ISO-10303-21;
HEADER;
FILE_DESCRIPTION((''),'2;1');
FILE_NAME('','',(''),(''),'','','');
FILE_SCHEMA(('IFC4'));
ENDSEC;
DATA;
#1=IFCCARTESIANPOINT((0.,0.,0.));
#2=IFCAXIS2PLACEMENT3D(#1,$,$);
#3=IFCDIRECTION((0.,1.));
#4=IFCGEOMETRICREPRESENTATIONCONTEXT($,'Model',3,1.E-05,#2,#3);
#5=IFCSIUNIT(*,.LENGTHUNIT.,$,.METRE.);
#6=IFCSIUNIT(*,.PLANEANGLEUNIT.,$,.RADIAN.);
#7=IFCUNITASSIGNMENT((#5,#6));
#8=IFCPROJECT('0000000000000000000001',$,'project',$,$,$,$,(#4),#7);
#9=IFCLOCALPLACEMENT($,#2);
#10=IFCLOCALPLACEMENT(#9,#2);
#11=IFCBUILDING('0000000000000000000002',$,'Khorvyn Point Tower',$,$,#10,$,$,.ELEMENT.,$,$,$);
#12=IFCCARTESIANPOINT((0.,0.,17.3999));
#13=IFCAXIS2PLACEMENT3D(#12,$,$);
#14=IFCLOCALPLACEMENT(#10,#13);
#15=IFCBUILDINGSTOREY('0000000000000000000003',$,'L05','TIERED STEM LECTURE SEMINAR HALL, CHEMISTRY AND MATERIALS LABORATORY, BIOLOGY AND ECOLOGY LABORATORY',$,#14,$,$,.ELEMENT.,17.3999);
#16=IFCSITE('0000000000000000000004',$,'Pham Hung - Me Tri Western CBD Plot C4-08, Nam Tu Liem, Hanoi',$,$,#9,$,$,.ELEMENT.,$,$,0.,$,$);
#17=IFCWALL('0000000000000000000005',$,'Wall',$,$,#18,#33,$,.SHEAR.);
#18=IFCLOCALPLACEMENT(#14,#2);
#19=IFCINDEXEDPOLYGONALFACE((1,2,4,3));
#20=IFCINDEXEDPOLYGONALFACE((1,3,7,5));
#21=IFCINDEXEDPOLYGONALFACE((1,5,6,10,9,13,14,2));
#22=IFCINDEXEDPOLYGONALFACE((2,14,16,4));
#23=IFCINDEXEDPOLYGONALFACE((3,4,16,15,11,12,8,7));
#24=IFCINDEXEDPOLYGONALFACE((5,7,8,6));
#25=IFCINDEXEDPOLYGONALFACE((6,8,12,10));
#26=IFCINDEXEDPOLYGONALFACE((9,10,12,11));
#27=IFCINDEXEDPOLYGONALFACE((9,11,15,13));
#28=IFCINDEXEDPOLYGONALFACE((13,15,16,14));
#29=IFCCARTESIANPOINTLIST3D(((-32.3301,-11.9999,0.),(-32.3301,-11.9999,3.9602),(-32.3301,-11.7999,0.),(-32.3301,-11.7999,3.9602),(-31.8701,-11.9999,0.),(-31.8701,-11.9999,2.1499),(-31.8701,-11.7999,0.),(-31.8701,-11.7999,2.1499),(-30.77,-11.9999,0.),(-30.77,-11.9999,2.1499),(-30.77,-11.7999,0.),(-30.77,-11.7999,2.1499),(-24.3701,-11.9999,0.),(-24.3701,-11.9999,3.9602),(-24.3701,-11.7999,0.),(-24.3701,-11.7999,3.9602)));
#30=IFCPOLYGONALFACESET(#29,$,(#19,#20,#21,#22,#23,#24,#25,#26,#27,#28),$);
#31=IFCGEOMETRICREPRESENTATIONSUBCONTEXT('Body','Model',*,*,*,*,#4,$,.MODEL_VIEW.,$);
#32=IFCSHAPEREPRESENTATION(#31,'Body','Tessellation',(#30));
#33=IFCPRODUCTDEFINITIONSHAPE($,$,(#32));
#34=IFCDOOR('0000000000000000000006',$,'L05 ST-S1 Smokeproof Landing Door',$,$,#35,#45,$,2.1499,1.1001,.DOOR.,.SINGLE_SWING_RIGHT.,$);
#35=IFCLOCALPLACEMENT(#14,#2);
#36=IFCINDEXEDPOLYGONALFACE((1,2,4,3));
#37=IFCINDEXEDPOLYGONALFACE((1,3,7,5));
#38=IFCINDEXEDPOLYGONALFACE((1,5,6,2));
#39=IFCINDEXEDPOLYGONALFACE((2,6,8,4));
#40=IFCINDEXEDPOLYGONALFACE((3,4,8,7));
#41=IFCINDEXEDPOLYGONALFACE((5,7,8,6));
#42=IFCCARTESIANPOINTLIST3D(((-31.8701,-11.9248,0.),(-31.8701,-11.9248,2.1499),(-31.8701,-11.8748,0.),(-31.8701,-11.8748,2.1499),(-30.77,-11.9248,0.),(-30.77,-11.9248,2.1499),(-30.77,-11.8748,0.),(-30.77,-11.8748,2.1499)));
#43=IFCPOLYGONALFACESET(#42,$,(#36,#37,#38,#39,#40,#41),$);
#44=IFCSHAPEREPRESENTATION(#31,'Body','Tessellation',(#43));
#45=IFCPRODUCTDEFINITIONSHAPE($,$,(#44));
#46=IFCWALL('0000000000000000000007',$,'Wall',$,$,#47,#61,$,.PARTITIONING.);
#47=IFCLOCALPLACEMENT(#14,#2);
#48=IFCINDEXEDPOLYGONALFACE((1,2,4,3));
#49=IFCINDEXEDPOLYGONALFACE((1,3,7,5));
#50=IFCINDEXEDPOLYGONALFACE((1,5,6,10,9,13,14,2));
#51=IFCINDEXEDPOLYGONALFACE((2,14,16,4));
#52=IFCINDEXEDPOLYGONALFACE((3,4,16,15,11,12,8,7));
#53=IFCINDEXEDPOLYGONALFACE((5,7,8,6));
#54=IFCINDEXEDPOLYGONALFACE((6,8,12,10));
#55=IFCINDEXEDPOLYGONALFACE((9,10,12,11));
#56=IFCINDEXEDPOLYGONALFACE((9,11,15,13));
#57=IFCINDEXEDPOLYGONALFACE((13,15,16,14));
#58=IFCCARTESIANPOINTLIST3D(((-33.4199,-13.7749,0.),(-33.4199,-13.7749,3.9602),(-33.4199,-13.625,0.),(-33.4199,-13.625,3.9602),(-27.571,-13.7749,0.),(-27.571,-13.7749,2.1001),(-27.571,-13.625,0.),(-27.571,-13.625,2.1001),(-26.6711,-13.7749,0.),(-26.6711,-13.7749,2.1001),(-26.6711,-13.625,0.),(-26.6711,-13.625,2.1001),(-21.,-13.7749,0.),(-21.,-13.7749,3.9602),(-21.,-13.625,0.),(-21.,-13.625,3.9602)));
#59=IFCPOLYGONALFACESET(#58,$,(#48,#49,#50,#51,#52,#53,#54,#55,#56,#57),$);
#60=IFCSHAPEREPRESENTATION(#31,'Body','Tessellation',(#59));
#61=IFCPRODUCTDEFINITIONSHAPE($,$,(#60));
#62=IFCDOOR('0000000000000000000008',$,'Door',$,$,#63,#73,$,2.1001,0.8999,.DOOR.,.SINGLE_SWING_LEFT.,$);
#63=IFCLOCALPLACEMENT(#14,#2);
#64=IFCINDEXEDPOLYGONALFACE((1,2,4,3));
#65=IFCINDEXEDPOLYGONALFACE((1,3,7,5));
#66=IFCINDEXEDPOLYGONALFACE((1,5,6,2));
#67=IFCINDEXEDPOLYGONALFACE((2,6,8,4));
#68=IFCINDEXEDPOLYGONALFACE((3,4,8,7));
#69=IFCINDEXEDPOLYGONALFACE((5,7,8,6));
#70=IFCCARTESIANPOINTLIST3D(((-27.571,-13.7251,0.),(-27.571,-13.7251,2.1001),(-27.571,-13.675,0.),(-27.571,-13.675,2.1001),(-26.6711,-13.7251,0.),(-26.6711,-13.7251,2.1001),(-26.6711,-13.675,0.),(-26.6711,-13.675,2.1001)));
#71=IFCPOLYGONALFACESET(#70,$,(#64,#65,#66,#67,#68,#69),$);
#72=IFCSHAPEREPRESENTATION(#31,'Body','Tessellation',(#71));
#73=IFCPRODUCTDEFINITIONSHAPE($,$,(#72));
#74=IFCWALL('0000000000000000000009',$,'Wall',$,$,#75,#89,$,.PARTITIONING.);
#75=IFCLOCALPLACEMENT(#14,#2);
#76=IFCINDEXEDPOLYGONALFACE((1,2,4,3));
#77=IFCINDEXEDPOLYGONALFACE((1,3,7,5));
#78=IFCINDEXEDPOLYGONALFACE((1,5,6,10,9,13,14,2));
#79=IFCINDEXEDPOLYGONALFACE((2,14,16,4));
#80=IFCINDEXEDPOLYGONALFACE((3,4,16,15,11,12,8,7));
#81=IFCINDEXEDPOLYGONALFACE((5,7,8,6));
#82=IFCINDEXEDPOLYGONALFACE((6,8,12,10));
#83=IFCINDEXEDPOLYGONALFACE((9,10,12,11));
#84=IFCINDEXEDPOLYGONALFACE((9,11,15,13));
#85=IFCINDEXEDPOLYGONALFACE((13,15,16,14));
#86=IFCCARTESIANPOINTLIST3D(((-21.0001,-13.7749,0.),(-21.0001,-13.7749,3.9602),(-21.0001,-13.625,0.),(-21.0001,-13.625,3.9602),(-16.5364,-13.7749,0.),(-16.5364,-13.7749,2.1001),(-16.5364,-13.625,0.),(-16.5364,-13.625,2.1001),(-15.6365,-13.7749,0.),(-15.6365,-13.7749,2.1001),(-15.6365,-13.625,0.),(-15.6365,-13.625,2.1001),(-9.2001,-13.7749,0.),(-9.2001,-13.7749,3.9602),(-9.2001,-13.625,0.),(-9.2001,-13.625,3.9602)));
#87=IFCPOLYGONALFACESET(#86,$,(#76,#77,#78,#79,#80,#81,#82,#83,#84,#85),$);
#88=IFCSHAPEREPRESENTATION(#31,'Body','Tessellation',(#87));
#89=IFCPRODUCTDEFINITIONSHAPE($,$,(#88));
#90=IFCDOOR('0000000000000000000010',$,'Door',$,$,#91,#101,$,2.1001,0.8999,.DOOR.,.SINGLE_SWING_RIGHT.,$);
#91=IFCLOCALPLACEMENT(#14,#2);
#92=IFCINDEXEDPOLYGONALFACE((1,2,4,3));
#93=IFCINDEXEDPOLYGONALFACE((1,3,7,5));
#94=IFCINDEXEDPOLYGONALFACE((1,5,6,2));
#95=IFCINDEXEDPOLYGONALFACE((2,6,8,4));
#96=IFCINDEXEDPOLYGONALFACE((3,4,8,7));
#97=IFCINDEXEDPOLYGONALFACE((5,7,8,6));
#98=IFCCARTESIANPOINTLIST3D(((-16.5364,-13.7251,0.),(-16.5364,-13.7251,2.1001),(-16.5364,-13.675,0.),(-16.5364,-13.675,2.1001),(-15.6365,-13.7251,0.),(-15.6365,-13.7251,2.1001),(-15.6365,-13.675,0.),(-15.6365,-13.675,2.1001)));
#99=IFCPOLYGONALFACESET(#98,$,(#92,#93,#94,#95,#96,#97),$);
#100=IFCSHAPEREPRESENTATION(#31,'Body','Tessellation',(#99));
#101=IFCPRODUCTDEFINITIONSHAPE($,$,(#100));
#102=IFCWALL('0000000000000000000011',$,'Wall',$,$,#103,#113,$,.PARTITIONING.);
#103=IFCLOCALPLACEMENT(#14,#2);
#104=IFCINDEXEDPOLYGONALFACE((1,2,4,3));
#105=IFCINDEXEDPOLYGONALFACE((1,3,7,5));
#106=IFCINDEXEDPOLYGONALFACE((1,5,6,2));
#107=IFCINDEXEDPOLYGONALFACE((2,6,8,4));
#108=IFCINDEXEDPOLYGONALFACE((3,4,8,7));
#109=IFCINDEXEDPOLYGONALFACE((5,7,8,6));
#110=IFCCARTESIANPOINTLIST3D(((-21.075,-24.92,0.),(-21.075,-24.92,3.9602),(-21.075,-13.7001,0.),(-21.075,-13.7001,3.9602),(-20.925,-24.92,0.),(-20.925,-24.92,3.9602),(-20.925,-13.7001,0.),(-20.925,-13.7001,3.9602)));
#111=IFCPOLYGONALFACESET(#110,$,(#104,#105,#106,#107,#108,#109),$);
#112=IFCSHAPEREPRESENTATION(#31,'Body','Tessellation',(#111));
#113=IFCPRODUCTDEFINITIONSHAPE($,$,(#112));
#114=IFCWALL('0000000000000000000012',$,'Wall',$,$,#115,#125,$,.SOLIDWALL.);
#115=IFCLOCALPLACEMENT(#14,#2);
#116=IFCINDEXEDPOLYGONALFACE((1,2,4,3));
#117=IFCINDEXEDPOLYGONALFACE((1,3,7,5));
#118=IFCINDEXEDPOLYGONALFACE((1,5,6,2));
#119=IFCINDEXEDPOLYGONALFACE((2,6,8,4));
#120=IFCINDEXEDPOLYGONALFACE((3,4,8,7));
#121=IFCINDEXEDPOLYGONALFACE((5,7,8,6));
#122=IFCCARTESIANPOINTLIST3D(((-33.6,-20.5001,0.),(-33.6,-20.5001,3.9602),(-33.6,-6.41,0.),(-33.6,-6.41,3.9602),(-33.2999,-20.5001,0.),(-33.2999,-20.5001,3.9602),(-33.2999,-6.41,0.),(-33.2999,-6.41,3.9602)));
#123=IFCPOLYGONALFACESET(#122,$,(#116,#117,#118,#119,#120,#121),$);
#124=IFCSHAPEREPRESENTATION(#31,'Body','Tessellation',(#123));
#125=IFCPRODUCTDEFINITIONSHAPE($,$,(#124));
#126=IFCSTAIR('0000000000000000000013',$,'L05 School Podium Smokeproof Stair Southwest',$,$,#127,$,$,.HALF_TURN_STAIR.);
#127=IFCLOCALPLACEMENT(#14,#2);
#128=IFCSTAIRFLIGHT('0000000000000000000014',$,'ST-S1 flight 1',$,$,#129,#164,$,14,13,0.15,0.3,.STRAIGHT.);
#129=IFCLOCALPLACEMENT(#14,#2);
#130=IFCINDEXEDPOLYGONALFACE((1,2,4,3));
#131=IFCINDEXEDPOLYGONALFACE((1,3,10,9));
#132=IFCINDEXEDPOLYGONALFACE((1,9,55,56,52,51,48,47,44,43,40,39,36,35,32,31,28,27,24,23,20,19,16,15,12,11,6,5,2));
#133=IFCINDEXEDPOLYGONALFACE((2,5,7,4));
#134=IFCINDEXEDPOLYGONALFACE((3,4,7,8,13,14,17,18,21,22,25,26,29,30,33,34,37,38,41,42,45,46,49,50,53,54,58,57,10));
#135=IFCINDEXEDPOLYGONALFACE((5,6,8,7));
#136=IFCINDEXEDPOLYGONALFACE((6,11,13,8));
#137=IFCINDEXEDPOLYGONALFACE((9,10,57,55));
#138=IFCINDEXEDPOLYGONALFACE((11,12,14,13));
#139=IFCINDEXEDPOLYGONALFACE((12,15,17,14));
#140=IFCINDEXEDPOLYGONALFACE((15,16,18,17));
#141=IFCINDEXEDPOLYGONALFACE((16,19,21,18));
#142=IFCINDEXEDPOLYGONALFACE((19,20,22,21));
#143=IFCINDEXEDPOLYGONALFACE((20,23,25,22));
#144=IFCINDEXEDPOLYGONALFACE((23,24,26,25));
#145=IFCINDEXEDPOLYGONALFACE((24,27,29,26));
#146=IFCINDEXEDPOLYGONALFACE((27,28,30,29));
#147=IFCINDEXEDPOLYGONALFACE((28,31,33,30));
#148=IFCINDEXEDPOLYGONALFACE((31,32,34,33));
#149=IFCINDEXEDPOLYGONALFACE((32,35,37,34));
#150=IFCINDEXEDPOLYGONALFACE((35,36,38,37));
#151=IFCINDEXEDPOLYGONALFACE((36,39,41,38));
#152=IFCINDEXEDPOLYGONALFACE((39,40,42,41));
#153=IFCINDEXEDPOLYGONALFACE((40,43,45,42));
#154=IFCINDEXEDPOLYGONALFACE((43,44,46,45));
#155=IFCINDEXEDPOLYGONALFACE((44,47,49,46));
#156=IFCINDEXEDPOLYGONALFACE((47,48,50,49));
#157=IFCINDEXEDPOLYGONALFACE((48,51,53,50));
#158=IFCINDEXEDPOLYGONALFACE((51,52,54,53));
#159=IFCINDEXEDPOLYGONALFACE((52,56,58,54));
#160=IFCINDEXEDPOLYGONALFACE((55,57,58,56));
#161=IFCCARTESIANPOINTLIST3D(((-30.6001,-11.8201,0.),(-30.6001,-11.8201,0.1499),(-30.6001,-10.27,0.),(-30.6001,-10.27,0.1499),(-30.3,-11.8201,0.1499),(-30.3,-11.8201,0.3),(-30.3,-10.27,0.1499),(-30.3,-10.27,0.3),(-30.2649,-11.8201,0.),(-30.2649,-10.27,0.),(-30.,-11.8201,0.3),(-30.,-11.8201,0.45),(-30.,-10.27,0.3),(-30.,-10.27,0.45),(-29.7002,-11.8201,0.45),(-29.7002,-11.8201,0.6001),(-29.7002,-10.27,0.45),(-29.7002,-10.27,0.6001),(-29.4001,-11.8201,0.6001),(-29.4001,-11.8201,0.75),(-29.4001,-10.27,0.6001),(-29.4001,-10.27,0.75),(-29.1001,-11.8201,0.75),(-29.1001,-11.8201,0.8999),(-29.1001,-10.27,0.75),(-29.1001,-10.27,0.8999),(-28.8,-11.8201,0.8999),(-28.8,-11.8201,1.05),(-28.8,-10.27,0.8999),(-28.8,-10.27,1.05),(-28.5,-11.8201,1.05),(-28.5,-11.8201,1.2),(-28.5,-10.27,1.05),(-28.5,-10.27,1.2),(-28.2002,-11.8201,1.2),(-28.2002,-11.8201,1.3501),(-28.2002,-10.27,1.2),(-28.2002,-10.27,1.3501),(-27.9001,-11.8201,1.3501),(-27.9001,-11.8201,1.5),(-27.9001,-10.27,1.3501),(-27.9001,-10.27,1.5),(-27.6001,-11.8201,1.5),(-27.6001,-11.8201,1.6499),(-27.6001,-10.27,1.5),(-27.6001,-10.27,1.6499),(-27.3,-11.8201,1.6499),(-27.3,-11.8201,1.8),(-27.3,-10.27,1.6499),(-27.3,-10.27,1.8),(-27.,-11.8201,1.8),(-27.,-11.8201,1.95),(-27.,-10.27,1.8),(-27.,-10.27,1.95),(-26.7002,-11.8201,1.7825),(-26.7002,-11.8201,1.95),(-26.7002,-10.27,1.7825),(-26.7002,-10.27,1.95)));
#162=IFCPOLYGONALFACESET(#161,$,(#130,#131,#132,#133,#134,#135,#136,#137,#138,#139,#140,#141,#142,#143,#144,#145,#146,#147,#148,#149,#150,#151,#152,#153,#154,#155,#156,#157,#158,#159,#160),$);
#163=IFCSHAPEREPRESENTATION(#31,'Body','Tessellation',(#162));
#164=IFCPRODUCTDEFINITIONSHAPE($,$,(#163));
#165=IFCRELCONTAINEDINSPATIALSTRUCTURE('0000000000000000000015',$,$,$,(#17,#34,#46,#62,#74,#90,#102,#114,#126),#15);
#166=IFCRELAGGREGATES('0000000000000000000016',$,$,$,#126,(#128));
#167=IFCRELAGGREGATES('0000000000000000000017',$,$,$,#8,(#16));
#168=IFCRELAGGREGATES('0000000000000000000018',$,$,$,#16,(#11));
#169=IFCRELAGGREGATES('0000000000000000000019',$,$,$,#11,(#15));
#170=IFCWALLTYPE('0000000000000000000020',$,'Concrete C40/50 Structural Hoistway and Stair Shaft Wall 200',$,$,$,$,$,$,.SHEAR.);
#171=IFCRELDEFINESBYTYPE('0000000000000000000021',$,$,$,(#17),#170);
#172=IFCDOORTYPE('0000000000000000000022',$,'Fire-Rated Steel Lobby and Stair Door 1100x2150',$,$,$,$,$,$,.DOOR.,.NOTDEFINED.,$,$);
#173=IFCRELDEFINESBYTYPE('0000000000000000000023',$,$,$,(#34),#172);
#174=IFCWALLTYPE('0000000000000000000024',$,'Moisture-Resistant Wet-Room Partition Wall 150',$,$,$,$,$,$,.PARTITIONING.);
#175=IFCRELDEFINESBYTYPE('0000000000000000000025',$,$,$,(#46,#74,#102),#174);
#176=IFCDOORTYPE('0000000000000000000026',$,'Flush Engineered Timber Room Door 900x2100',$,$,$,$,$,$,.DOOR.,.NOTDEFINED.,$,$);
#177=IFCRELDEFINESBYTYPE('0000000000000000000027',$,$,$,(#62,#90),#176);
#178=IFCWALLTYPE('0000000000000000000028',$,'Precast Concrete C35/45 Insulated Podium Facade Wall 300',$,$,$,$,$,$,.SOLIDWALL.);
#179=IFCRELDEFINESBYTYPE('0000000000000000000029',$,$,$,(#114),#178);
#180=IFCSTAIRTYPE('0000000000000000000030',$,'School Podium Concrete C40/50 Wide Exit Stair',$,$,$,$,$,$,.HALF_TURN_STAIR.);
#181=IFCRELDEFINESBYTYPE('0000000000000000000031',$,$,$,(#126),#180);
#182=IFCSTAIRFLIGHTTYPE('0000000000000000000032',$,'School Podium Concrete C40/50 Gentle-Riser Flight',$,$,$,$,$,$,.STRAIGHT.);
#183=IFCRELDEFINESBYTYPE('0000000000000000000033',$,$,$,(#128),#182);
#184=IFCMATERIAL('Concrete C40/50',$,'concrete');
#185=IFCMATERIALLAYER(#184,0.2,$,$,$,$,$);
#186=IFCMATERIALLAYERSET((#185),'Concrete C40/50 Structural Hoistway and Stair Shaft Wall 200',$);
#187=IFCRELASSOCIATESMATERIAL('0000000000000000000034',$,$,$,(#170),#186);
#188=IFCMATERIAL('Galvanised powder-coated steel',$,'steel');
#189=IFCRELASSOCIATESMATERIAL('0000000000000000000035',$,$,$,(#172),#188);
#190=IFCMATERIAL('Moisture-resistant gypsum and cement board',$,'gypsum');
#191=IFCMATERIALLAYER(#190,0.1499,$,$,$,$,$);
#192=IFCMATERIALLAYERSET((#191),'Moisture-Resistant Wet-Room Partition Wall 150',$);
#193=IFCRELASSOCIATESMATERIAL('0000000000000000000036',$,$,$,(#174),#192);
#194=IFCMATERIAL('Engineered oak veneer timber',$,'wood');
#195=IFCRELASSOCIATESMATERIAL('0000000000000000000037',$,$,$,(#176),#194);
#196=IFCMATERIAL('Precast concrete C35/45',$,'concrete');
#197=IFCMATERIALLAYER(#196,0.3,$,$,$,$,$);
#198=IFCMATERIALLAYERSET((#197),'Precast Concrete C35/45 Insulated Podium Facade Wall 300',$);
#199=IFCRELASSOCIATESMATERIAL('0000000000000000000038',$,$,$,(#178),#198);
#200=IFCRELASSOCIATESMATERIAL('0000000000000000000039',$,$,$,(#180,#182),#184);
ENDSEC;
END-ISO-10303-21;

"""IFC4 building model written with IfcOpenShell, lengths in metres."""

from ifc_helpers import new_model, si_unit, direction, frame, frame_2d, origin, place, context, subcontext, project, spatial, polyline, rectangle, outline, extrude, material, layer, layer_set, type_object, element, fill, aggregate, save


model = new_model("IFC4")

# Units and contexts
model_context = context("Model", 3, precision=1e-05, world=origin(), true_north=direction((0.0, 1.0)))
body_context = subcontext(model_context, "Body", "Model", "MODEL_VIEW")
ifc_project = project(units=[si_unit("LENGTHUNIT", "METRE"), si_unit("PLANEANGLEUNIT", "RADIAN")], contexts=[model_context])

# Site, building, storey
site_placement = place(None, origin())
site = spatial("IfcSite", under=ifc_project, at=site_placement, Name="Pham Hung - Me Tri Western CBD Plot C4-08, Nam Tu Liem, Hanoi", CompositionType="ELEMENT", RefElevation=0.0)
building_placement = place(site_placement, origin())
building = spatial("IfcBuilding", under=site, at=building_placement, Name="Khorvyn Point Tower", CompositionType="ELEMENT")
storey_placement = place(building_placement, frame((0.0, 0.0, 17.3999)))
storey = spatial("IfcBuildingStorey", under=building, at=storey_placement, Name="L05", Description="TIERED STEM LECTURE SEMINAR HALL, CHEMISTRY AND MATERIALS LABORATORY, BIOLOGY AND ECOLOGY LABORATORY", CompositionType="ELEMENT", Elevation=17.3999)

# Shared definitions
ifc_material_1 = material(Name="Concrete C40/50", Category="concrete")

# Shared definitions
ifc_layer_1 = layer(ifc_material_1, 0.2)
ifc_layer_set_1 = layer_set([ifc_layer_1], Name="Concrete C40/50 Structural Hoistway and Stair Shaft Wall 200")
wall_type_1 = type_object("IfcWallType", Name="Concrete C40/50 Structural Hoistway and Stair Shaft Wall 200", PredefinedType="SHEAR", material=ifc_layer_set_1)

# Walls, openings, doors
wall_1_placement = place(storey_placement, frame((-24.3701, -11.8999, 0.0), z_axis=(0.0, 0.0, 1.0), x_axis=(-1.0, 0.0, 0.0)))
wall_1 = element("IfcWall", 1, at=wall_1_placement, inside=storey, type_object=wall_type_1, Name="Wall", PredefinedType="SHEAR", context=body_context, shape_type="SweptSolid", body=[
    extrude(rectangle(XDim=7.96, YDim=0.2, at=frame_2d((3.98, 0.0))), origin(), (0.0, 0.0, 1.0), 3.9602),
])
opening_1_placement = place(wall_1_placement, frame((6.3999, 0.0, 0.0)))
opening_1 = element("IfcOpeningElement", 2, at=opening_1_placement, cuts=wall_1, PredefinedType="OPENING", context=body_context, shape_type="SweptSolid", body=[
    extrude(rectangle(XDim=1.1001, YDim=2.1499, at=frame_2d((0.55, 1.075))), frame((0.0, 0.1099, 0.0), z_axis=(0.0, -1.0, 0.0), x_axis=(1.0, 0.0, 0.0)), (0.0, 0.0, 1.0), 0.22),
])
ifc_material_2 = material(Name="Galvanised powder-coated steel", Category="steel")
door_type_1 = type_object("IfcDoorType", Name="Fire-Rated Steel Lobby and Stair Door 1100x2150", OperationType="NOTDEFINED", PredefinedType="DOOR", material=ifc_material_2)
door_1_placement = place(opening_1_placement, origin())
door_1 = element("IfcDoor", 3, at=door_1_placement, inside=storey, type_object=door_type_1, Name="L05 ST-S1 Smokeproof Landing Door", OperationType="SINGLE_SWING_RIGHT", OverallHeight=2.1499, OverallWidth=1.1001, PredefinedType="DOOR", context=body_context, shape_type="SweptSolid", body=[
    extrude(rectangle(XDim=1.1001, YDim=2.1499, at=frame_2d((0.55, 1.075))), frame((0.0, 0.0249, 0.0), z_axis=(0.0, -1.0, 0.0), x_axis=(1.0, 0.0, 0.0)), (0.0, 0.0, 1.0), 0.05),
])
fill(opening_1, door_1)
ifc_material_3 = material(Name="Moisture-resistant gypsum and cement board", Category="gypsum")
ifc_layer_2 = layer(ifc_material_3, 0.1499)
ifc_layer_set_2 = layer_set([ifc_layer_2], Name="Moisture-Resistant Wet-Room Partition Wall 150")
wall_type_2 = type_object("IfcWallType", Name="Moisture-Resistant Wet-Room Partition Wall 150", PredefinedType="PARTITIONING", material=ifc_layer_set_2)
wall_2_placement = place(storey_placement, frame((-33.4199, -13.7, 0.0), z_axis=(0.0, 0.0, 1.0), x_axis=(1.0, 0.0, 0.0)))
wall_2 = element("IfcWall", 4, at=wall_2_placement, inside=storey, type_object=wall_type_2, Name="Wall", PredefinedType="PARTITIONING", context=body_context, shape_type="SweptSolid", body=[
    extrude(rectangle(XDim=12.4199, YDim=0.1499, at=frame_2d((6.21, 0.0))), origin(), (0.0, 0.0, 1.0), 3.9602),
])
opening_2_placement = place(wall_2_placement, frame((5.8489, 0.0, 0.0)))
opening_2 = element("IfcOpeningElement", 5, at=opening_2_placement, cuts=wall_2, PredefinedType="OPENING", context=body_context, shape_type="SweptSolid", body=[
    extrude(rectangle(XDim=0.8999, YDim=2.1001, at=frame_2d((0.45, 1.05))), frame((0.0, 0.085, 0.0), z_axis=(0.0, -1.0, 0.0), x_axis=(1.0, 0.0, 0.0)), (0.0, 0.0, 1.0), 0.1699),
])
ifc_material_4 = material(Name="Engineered oak veneer timber", Category="wood")
door_type_2 = type_object("IfcDoorType", Name="Flush Engineered Timber Room Door 900x2100", OperationType="NOTDEFINED", PredefinedType="DOOR", material=ifc_material_4)
door_2_placement = place(opening_2_placement, origin())
door_2 = element("IfcDoor", 6, at=door_2_placement, inside=storey, type_object=door_type_2, Name="Door", OperationType="SINGLE_SWING_LEFT", OverallHeight=2.1001, OverallWidth=0.8999, PredefinedType="DOOR", context=body_context, shape_type="SweptSolid", body=[
    extrude(rectangle(XDim=0.8999, YDim=2.1001, at=frame_2d((0.45, 1.05))), frame((0.0, 0.0249, 0.0), z_axis=(0.0, -1.0, 0.0), x_axis=(1.0, 0.0, 0.0)), (0.0, 0.0, 1.0), 0.05),
])
fill(opening_2, door_2)
wall_3_placement = place(storey_placement, frame((-21.0, -13.7, 0.0), z_axis=(0.0, 0.0, 1.0), x_axis=(1.0, 0.0, 0.0)))
wall_3 = element("IfcWall", 7, at=wall_3_placement, inside=storey, type_object=wall_type_2, Name="Wall", PredefinedType="PARTITIONING", context=body_context, shape_type="SweptSolid", body=[
    extrude(rectangle(XDim=11.8, YDim=0.1499, at=frame_2d((5.8999, 0.0))), origin(), (0.0, 0.0, 1.0), 3.9602),
])
opening_3_placement = place(wall_3_placement, frame((4.4636, 0.0, 0.0)))
opening_3 = element("IfcOpeningElement", 8, at=opening_3_placement, cuts=wall_3, PredefinedType="OPENING", context=body_context, shape_type="SweptSolid", body=[
    extrude(rectangle(XDim=0.8999, YDim=2.1001, at=frame_2d((0.45, 1.05))), frame((0.0, 0.085, 0.0), z_axis=(0.0, -1.0, 0.0), x_axis=(1.0, 0.0, 0.0)), (0.0, 0.0, 1.0), 0.1699),
])
door_3_placement = place(opening_3_placement, origin())
door_3 = element("IfcDoor", 9, at=door_3_placement, inside=storey, type_object=door_type_2, Name="Door", OperationType="SINGLE_SWING_RIGHT", OverallHeight=2.1001, OverallWidth=0.8999, PredefinedType="DOOR", context=body_context, shape_type="SweptSolid", body=[
    extrude(rectangle(XDim=0.8999, YDim=2.1001, at=frame_2d((0.45, 1.05))), frame((0.0, 0.0249, 0.0), z_axis=(0.0, -1.0, 0.0), x_axis=(1.0, 0.0, 0.0)), (0.0, 0.0, 1.0), 0.05),
])
fill(opening_3, door_3)

# Walls
wall_4_placement = place(storey_placement, frame((-21.0, -24.9199, 0.0), z_axis=(0.0, 0.0, 1.0), x_axis=(0.0, 1.0, 0.0)))
element("IfcWall", 10, at=wall_4_placement, inside=storey, type_object=wall_type_2, Name="Wall", PredefinedType="PARTITIONING", context=body_context, shape_type="SweptSolid", body=[
    extrude(rectangle(XDim=11.22, YDim=0.1499, at=frame_2d((5.6099, 0.0))), origin(), (0.0, 0.0, 1.0), 3.9602),
])
ifc_material_5 = material(Name="Precast concrete C35/45", Category="concrete")
ifc_layer_3 = layer(ifc_material_5, 0.3)
ifc_layer_set_3 = layer_set([ifc_layer_3], Name="Precast Concrete C35/45 Insulated Podium Facade Wall 300")
wall_type_3 = type_object("IfcWallType", Name="Precast Concrete C35/45 Insulated Podium Facade Wall 300", PredefinedType="SOLIDWALL", material=ifc_layer_set_3)
wall_5_placement = place(storey_placement, frame((-33.45, -20.5, 0.0), z_axis=(0.0, 0.0, 1.0), x_axis=(0.0, 1.0, 0.0)))
element("IfcWall", 11, at=wall_5_placement, inside=storey, type_object=wall_type_3, Name="Wall", PredefinedType="SOLIDWALL", context=body_context, shape_type="SweptSolid", body=[
    extrude(rectangle(XDim=14.0901, YDim=0.3, at=frame_2d((7.0449, 0.0))), origin(), (0.0, 0.0, 1.0), 3.9602),
])

# Stair, stair flight
stair_type = type_object("IfcStairType", Name="School Podium Concrete C40/50 Wide Exit Stair", PredefinedType="HALF_TURN_STAIR", material=ifc_material_1)
stair_placement = place(storey_placement, origin())
stair = element("IfcStair", 12, at=stair_placement, inside=storey, type_object=stair_type, Name="L05 School Podium Smokeproof Stair Southwest", PredefinedType="HALF_TURN_STAIR")
stair_flight_type = type_object("IfcStairFlightType", Name="School Podium Concrete C40/50 Gentle-Riser Flight", PredefinedType="STRAIGHT", material=ifc_material_1)
stair_flight_placement = place(storey_placement, frame((-30.6001, -11.0449, 0.0), z_axis=(0.0, 0.0, 1.0), x_axis=(1.0, 0.0, 0.0)))
stair_flight = element("IfcStairFlight", 13, at=stair_flight_placement, type_object=stair_flight_type, Name="ST-S1 flight 1", NumberOfRisers=14, NumberOfTreads=13, PredefinedType="STRAIGHT", RiserHeight=0.15, TreadLength=0.3, context=body_context, shape_type="SweptSolid", body=[
    extrude(outline(polyline([(0.0, 0.0), (0.0, 0.1499), (0.3, 0.1499), (0.3, 0.3), (0.6001, 0.3), (0.6001, 0.45), (0.8999, 0.45), (0.8999, 0.6001), (1.2, 0.6001), (1.2, 0.75), (1.5, 0.75), (1.5, 0.8999), (1.8, 0.8999), (1.8, 1.05), (2.1001, 1.05), (2.1001, 1.2), (2.3999, 1.2), (2.3999, 1.3501), (2.7, 1.3501), (2.7, 1.5), (3.0, 1.5), (3.0, 1.6499), (3.3, 1.6499), (3.3, 1.8), (3.6001, 1.8), (3.6001, 1.95), (3.8999, 1.95), (3.8999, 2.1001), (3.8999, 1.7825), (0.3352, 0.0), (0.0, 0.0)])), frame((0.0, 0.7749, 0.0), z_axis=(0.0, -1.0, 0.0), x_axis=(1.0, 0.0, 0.0)), (0.0, 0.0, 1.0), 1.55),
])
aggregate(stair, [stair_flight])

save(model, "model.ifc")
